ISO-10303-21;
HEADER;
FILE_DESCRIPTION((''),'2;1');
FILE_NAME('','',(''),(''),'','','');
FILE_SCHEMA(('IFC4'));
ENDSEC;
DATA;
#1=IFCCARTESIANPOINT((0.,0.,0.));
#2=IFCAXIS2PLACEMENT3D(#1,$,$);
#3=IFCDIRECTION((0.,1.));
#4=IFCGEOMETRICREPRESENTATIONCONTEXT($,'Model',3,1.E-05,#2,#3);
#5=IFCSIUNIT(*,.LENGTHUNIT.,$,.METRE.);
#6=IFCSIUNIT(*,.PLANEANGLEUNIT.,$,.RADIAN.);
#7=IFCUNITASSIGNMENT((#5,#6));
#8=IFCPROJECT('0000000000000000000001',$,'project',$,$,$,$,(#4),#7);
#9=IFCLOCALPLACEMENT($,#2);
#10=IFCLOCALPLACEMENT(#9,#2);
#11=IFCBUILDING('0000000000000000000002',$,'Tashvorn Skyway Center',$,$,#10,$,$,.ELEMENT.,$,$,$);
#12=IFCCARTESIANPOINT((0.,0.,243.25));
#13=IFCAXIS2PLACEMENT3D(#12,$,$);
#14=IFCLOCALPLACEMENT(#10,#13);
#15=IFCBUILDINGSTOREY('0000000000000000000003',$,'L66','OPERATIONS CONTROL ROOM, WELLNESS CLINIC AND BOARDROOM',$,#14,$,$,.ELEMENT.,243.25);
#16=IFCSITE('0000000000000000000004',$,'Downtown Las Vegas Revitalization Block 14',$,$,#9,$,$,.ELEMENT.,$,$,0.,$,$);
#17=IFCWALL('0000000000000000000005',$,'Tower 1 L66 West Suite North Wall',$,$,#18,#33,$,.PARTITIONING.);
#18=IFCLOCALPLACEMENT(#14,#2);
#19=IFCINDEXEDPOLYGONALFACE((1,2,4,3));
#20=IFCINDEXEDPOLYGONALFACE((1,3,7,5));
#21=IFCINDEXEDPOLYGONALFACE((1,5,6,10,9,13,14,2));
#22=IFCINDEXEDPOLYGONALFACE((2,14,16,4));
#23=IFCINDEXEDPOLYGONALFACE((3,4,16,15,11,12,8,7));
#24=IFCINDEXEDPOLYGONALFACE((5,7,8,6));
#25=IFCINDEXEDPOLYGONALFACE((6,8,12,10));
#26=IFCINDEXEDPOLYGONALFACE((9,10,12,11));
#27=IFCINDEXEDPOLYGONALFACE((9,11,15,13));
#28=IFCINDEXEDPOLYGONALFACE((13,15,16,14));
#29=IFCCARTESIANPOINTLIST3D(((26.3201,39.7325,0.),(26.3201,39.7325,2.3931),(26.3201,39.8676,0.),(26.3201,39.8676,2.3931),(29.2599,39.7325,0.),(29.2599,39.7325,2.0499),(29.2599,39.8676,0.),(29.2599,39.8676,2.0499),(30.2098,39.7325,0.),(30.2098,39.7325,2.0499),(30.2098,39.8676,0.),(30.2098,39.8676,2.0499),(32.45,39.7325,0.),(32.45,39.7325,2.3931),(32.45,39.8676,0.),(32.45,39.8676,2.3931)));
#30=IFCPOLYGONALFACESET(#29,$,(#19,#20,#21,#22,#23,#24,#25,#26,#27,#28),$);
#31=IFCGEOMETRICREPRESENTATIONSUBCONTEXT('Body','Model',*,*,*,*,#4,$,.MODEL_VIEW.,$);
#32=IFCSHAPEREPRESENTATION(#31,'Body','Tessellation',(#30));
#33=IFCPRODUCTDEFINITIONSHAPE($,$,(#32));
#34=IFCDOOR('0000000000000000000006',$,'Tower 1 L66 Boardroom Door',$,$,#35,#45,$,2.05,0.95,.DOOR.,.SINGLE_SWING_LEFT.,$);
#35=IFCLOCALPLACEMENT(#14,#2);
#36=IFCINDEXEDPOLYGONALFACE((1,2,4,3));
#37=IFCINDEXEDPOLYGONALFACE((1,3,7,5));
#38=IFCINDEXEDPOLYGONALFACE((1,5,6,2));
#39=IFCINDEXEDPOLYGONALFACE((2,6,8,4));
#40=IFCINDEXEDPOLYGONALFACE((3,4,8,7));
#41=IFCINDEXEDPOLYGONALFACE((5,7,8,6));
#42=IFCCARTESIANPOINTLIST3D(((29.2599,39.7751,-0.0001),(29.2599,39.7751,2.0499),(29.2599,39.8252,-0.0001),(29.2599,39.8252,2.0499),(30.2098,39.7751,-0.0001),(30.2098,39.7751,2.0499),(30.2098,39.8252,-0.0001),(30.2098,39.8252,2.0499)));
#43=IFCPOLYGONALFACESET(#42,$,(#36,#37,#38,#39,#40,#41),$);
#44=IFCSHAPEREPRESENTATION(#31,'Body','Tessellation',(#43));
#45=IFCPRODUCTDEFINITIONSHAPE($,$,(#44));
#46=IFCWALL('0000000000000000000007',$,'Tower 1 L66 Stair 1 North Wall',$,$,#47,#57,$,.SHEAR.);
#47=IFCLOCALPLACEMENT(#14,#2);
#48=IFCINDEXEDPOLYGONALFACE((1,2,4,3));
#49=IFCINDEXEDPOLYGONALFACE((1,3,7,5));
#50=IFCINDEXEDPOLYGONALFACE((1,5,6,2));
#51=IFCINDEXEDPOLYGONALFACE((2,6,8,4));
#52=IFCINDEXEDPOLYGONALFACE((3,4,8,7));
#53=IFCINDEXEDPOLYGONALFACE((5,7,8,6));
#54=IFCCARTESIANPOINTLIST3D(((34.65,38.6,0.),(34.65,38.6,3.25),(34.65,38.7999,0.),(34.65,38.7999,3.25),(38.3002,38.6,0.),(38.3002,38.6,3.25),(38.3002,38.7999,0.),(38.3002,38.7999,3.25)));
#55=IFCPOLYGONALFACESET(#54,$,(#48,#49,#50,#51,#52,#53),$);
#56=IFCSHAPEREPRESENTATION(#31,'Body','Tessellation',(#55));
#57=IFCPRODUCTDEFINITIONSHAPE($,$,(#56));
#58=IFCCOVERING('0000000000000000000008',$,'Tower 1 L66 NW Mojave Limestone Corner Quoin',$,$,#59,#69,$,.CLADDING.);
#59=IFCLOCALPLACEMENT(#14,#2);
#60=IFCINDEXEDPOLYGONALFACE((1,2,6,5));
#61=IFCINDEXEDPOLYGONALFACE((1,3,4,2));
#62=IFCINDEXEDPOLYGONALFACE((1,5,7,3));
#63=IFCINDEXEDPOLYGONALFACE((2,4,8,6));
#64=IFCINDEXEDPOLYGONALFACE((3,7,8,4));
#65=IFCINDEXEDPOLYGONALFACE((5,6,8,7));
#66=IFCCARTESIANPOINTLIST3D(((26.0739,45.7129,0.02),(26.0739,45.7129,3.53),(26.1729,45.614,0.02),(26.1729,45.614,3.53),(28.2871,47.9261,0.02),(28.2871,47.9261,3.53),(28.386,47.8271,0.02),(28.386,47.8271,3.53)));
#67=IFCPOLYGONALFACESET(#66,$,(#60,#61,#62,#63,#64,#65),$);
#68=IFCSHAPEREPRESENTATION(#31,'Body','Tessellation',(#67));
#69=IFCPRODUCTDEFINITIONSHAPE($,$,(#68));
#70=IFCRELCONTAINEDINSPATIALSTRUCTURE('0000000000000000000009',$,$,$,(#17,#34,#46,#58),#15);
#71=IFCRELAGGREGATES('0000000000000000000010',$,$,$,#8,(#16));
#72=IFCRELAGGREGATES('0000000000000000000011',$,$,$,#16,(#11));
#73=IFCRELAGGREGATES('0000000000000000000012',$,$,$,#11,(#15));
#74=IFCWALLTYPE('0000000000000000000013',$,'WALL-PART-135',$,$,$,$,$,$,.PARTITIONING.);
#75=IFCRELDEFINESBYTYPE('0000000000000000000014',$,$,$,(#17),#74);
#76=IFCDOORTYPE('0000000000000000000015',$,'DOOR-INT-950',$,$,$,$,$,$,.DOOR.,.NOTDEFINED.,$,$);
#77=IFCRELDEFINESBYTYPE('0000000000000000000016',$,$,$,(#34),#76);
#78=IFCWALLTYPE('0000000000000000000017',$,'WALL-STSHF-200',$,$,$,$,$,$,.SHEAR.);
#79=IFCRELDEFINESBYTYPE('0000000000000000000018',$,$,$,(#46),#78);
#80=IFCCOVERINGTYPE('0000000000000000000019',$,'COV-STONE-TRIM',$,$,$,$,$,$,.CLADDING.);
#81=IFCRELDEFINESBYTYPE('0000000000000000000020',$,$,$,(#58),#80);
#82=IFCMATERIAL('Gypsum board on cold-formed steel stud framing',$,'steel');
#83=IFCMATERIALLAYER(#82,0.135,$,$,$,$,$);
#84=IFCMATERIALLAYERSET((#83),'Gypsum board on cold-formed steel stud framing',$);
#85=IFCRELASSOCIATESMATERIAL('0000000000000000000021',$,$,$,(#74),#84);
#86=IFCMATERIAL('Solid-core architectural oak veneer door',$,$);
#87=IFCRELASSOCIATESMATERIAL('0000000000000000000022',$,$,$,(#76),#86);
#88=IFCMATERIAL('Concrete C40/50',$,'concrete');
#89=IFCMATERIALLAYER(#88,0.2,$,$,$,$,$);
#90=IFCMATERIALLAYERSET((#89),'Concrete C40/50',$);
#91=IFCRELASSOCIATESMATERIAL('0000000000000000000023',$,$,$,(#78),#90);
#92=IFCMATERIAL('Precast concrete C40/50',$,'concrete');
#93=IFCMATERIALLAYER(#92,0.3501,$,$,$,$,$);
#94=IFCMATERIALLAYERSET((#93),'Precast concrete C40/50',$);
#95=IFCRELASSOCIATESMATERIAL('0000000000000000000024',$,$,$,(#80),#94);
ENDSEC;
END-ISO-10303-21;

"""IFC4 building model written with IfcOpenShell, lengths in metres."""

from ifc_helpers import new_model, si_unit, direction, frame, frame_2d, origin, origin_2d, place, context, subcontext, project, spatial, rectangle, extrude, material, layer, layer_set, type_object, element, fill, save


model = new_model("IFC4")

# Units and contexts
model_context = context("Model", 3, precision=1e-05, world=origin(), true_north=direction((0.0, 1.0)))
body_context = subcontext(model_context, "Body", "Model", "MODEL_VIEW")
ifc_project = project(units=[si_unit("LENGTHUNIT", "METRE"), si_unit("PLANEANGLEUNIT", "RADIAN")], contexts=[model_context])

# Site, building, storey
site_placement = place(None, origin())
site = spatial("IfcSite", under=ifc_project, at=site_placement, Name="Downtown Las Vegas Revitalization Block 14", CompositionType="ELEMENT", RefElevation=0.0)
building_placement = place(site_placement, origin())
building = spatial("IfcBuilding", under=site, at=building_placement, Name="Tashvorn Skyway Center", CompositionType="ELEMENT")
storey_placement = place(building_placement, frame((0.0, 0.0, 243.25)))
storey = spatial("IfcBuildingStorey", under=building, at=storey_placement, Name="L66", Description="OPERATIONS CONTROL ROOM, WELLNESS CLINIC AND BOARDROOM", CompositionType="ELEMENT", Elevation=243.25)

# Shared definitions
ifc_material_1 = material(Name="Precast concrete C40/50", Category="concrete")

# Shared definitions
ifc_material_2 = material(Name="Gypsum board on cold-formed steel stud framing", Category="steel")
ifc_layer_1 = layer(ifc_material_2, 0.135)
ifc_layer_set_1 = layer_set([ifc_layer_1], Name="Gypsum board on cold-formed steel stud framing")
wall_type_1 = type_object("IfcWallType", Name="WALL-PART-135", PredefinedType="PARTITIONING", material=ifc_layer_set_1)
ifc_material_3 = material(Name="Solid-core architectural oak veneer door")
door_type_1 = type_object("IfcDoorType", Name="DOOR-INT-950", OperationType="NOTDEFINED", PredefinedType="DOOR", material=ifc_material_3)

# Wall, opening, door
wall_1_placement = place(storey_placement, frame((32.45, 39.8, 0.0), z_axis=(0.0, 0.0, 1.0), x_axis=(-1.0, 0.0, 0.0)))
wall_1 = element("IfcWall", 1, at=wall_1_placement, inside=storey, type_object=wall_type_1, Name="Tower 1 L66 West Suite North Wall", PredefinedType="PARTITIONING", context=body_context, shape_type="SweptSolid", body=[
    extrude(rectangle(XDim=6.1299, YDim=0.135, at=frame_2d((3.0649, 0.0))), origin(), (0.0, 0.0, 1.0), 2.3931),
])
opening_1_placement = place(wall_1_placement, frame((2.24, 0.0, 0.0)))
opening_1 = element("IfcOpeningElement", 2, at=opening_1_placement, cuts=wall_1, PredefinedType="OPENING", context=body_context, shape_type="SweptSolid", body=[
    extrude(rectangle(XDim=0.95, YDim=2.05, at=frame_2d((0.4751, 1.0249))), frame((0.0, 0.0774, 0.0), z_axis=(0.0, -1.0, 0.0), x_axis=(1.0, 0.0, 0.0)), (0.0, 0.0, 1.0), 0.155),
])
door_1_placement = place(opening_1_placement, origin())
door_1 = element("IfcDoor", 3, at=door_1_placement, inside=storey, type_object=door_type_1, Name="Tower 1 L66 Boardroom Door", OperationType="SINGLE_SWING_LEFT", OverallHeight=2.05, OverallWidth=0.95, PredefinedType="DOOR", context=body_context, shape_type="SweptSolid", body=[
    extrude(rectangle(XDim=0.95, YDim=2.05, at=frame_2d((0.4751, 1.0249))), frame((0.0, 0.0249, 0.0), z_axis=(0.0, -1.0, 0.0), x_axis=(1.0, 0.0, 0.0)), (0.0, 0.0, 1.0), 0.05),
])
fill(opening_1, door_1)

# Wall
ifc_material_4 = material(Name="Concrete C40/50", Category="concrete")
ifc_layer_2 = layer(ifc_material_4, 0.2)
ifc_layer_set_2 = layer_set([ifc_layer_2], Name="Concrete C40/50")
wall_type_2 = type_object("IfcWallType", Name="WALL-STSHF-200", PredefinedType="SHEAR", material=ifc_layer_set_2)
wall_2_placement = place(storey_placement, frame((34.6499, 38.7, 0.0), z_axis=(0.0, 0.0, 1.0), x_axis=(1.0, 0.0, 0.0)))
element("IfcWall", 4, at=wall_2_placement, inside=storey, type_object=wall_type_2, Name="Tower 1 L66 Stair 1 North Wall", PredefinedType="SHEAR", context=body_context, shape_type="SweptSolid", body=[
    extrude(rectangle(XDim=3.6501, YDim=0.2, at=frame_2d((1.8252, 0.0))), origin(), (0.0, 0.0, 1.0), 3.25),
])

# Covering
ifc_layer_3 = layer(ifc_material_1, 0.3501)
ifc_layer_set_3 = layer_set([ifc_layer_3], Name="Precast concrete C40/50")
covering_type = type_object("IfcCoveringType", Name="COV-STONE-TRIM", PredefinedType="CLADDING", material=ifc_layer_set_3)
covering_placement = place(storey_placement, frame((27.23, 46.77, 0.02), z_axis=(0.0, 0.0, 1.0), x_axis=(-0.707107, -0.707107, 0.0)))
element("IfcCovering", 5, at=covering_placement, inside=storey, type_object=covering_type, Name="Tower 1 L66 NW Mojave Limestone Corner Quoin", PredefinedType="CLADDING", context=body_context, shape_type="SweptSolid", body=[
    extrude(rectangle(XDim=3.1299, YDim=0.1399, at=origin_2d()), origin(), (0.0, 0.0, 1.0), 3.51),
])

save(model, "model.ifc")
